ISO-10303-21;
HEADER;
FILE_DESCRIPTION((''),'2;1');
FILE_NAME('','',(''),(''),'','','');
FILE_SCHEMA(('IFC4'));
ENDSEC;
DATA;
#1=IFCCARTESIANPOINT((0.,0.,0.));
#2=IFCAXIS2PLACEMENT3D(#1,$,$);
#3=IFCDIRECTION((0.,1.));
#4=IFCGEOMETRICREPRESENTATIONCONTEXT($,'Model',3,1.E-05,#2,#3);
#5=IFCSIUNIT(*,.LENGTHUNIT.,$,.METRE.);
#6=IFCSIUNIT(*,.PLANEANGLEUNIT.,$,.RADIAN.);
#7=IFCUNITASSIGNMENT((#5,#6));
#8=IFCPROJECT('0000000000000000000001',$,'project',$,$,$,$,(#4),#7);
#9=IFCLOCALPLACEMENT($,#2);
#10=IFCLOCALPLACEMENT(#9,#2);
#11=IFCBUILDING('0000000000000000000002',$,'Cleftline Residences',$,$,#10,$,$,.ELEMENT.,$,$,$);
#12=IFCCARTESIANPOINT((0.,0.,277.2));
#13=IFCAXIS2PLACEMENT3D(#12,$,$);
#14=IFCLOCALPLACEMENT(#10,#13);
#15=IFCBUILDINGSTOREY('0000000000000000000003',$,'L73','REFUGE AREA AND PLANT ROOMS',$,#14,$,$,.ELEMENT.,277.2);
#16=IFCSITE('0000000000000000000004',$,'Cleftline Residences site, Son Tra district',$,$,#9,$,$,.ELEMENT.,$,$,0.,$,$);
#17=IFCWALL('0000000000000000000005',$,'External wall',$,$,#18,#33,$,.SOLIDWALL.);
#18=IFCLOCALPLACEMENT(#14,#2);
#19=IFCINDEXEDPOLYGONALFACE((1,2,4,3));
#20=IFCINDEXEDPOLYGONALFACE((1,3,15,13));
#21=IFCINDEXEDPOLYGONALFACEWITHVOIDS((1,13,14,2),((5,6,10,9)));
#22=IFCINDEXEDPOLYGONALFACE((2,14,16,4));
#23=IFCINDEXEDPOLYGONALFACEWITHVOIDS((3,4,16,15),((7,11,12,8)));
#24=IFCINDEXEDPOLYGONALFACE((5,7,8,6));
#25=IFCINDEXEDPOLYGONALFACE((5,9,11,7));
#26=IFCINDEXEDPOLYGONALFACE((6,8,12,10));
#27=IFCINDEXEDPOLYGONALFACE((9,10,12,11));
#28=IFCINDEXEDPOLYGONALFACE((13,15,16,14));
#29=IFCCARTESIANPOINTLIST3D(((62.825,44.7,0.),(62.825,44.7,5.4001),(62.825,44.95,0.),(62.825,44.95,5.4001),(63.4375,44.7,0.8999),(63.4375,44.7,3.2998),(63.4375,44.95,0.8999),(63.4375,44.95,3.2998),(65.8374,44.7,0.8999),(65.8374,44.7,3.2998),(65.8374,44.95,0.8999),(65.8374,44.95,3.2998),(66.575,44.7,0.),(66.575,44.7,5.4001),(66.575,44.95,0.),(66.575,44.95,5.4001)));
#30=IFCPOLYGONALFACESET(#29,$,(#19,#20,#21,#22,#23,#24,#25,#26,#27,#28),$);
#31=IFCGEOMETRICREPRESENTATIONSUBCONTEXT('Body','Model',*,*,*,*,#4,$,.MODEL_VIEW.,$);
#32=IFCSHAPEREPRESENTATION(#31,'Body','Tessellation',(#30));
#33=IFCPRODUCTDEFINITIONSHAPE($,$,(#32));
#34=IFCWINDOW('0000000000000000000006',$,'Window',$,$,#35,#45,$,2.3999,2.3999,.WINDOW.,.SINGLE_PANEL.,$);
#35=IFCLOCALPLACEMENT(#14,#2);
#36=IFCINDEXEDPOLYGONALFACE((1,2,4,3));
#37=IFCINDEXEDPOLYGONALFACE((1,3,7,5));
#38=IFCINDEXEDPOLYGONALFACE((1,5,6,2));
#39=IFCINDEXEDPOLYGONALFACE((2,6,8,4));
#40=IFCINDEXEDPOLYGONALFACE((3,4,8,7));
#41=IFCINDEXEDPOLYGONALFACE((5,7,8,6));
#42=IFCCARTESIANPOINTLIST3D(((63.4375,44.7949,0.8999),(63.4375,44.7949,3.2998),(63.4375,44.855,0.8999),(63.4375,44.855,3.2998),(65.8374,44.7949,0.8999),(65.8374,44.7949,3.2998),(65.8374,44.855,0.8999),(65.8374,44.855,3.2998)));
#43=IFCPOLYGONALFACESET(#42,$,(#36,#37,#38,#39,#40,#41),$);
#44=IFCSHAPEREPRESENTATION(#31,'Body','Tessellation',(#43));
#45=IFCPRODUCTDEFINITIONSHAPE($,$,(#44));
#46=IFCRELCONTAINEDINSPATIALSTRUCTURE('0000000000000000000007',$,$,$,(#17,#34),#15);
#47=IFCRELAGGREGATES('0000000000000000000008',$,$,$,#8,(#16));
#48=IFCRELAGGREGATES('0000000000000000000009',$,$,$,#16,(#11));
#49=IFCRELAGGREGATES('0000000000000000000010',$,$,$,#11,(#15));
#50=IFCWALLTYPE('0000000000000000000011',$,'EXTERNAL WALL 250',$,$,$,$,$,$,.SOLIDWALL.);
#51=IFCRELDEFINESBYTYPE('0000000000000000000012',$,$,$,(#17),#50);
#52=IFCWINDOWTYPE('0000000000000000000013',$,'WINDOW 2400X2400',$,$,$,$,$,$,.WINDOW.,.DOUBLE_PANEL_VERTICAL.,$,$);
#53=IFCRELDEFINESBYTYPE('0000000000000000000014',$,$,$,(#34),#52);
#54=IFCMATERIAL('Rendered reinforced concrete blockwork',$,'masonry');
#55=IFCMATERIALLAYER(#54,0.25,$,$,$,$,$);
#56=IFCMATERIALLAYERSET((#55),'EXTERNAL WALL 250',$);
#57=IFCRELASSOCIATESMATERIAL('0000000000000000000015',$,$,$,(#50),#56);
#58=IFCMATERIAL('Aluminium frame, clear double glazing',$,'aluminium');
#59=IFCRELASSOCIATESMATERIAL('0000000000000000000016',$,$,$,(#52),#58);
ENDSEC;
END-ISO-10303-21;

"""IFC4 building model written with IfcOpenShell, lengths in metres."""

from ifc_helpers import new_model, si_unit, direction, frame, frame_2d, origin, place, context, subcontext, project, spatial, rectangle, extrude, material, layer, layer_set, type_object, element, fill, save


model = new_model("IFC4")

# Units and contexts
model_context = context("Model", 3, precision=1e-05, world=origin(), true_north=direction((0.0, 1.0)))
body_context = subcontext(model_context, "Body", "Model", "MODEL_VIEW")
ifc_project = project(units=[si_unit("LENGTHUNIT", "METRE"), si_unit("PLANEANGLEUNIT", "RADIAN")], contexts=[model_context])

# Site, building, storey
site_placement = place(None, origin())
site = spatial("IfcSite", under=ifc_project, at=site_placement, Name="Cleftline Residences site, Son Tra district", CompositionType="ELEMENT", RefElevation=0.0)
building_placement = place(site_placement, origin())
building = spatial("IfcBuilding", under=site, at=building_placement, Name="Cleftline Residences", CompositionType="ELEMENT")
storey_placement = place(building_placement, frame((0.0, 0.0, 277.2)))
storey = spatial("IfcBuildingStorey", under=building, at=storey_placement, Name="L73", Description="REFUGE AREA AND PLANT ROOMS", CompositionType="ELEMENT", Elevation=277.2)

# Wall, opening, window
ifc_material_1 = material(Name="Rendered reinforced concrete blockwork", Category="masonry")
ifc_layer_1 = layer(ifc_material_1, 0.25)
ifc_layer_set_1 = layer_set([ifc_layer_1], Name="EXTERNAL WALL 250")
wall_type = type_object("IfcWallType", Name="EXTERNAL WALL 250", PredefinedType="SOLIDWALL", material=ifc_layer_set_1)
wall_placement = place(storey_placement, frame((66.575, 44.825, 0.0), z_axis=(0.0, 0.0, 1.0), x_axis=(-1.0, 0.0, 0.0)))
wall = element("IfcWall", 1, at=wall_placement, inside=storey, type_object=wall_type, Name="External wall", PredefinedType="SOLIDWALL", context=body_context, shape_type="SweptSolid", body=[
    extrude(rectangle(XDim=3.75, YDim=0.25, at=frame_2d((1.875, 0.0))), origin(), (0.0, 0.0, 1.0), 5.4001),
])
opening_placement = place(wall_placement, frame((0.7375, 0.0, 0.8999)))
opening = element("IfcOpeningElement", 2, at=opening_placement, cuts=wall, PredefinedType="OPENING", context=body_context, shape_type="SweptSolid", body=[
    extrude(rectangle(XDim=2.3999, YDim=2.3999, at=frame_2d((1.2, 1.2))), frame((0.0, 0.135, 0.0), z_axis=(0.0, -1.0, 0.0), x_axis=(1.0, 0.0, 0.0)), (0.0, 0.0, 1.0), 0.27),
])
ifc_material_2 = material(Name="Aluminium frame, clear double glazing", Category="aluminium")
window_type = type_object("IfcWindowType", Name="WINDOW 2400X2400", PartitioningType="DOUBLE_PANEL_VERTICAL", PredefinedType="WINDOW", material=ifc_material_2)
window_placement = place(opening_placement, origin())
window = element("IfcWindow", 3, at=window_placement, inside=storey, type_object=window_type, Name="Window", OverallHeight=2.3999, OverallWidth=2.3999, PartitioningType="SINGLE_PANEL", PredefinedType="WINDOW", context=body_context, shape_type="SweptSolid", body=[
    extrude(rectangle(XDim=2.3999, YDim=2.3999, at=frame_2d((1.2, 1.2))), frame((0.0, 0.03, 0.0), z_axis=(0.0, -1.0, 0.0), x_axis=(1.0, 0.0, 0.0)), (0.0, 0.0, 1.0), 0.0601),
])
fill(opening, window)

save(model, "model.ifc")
